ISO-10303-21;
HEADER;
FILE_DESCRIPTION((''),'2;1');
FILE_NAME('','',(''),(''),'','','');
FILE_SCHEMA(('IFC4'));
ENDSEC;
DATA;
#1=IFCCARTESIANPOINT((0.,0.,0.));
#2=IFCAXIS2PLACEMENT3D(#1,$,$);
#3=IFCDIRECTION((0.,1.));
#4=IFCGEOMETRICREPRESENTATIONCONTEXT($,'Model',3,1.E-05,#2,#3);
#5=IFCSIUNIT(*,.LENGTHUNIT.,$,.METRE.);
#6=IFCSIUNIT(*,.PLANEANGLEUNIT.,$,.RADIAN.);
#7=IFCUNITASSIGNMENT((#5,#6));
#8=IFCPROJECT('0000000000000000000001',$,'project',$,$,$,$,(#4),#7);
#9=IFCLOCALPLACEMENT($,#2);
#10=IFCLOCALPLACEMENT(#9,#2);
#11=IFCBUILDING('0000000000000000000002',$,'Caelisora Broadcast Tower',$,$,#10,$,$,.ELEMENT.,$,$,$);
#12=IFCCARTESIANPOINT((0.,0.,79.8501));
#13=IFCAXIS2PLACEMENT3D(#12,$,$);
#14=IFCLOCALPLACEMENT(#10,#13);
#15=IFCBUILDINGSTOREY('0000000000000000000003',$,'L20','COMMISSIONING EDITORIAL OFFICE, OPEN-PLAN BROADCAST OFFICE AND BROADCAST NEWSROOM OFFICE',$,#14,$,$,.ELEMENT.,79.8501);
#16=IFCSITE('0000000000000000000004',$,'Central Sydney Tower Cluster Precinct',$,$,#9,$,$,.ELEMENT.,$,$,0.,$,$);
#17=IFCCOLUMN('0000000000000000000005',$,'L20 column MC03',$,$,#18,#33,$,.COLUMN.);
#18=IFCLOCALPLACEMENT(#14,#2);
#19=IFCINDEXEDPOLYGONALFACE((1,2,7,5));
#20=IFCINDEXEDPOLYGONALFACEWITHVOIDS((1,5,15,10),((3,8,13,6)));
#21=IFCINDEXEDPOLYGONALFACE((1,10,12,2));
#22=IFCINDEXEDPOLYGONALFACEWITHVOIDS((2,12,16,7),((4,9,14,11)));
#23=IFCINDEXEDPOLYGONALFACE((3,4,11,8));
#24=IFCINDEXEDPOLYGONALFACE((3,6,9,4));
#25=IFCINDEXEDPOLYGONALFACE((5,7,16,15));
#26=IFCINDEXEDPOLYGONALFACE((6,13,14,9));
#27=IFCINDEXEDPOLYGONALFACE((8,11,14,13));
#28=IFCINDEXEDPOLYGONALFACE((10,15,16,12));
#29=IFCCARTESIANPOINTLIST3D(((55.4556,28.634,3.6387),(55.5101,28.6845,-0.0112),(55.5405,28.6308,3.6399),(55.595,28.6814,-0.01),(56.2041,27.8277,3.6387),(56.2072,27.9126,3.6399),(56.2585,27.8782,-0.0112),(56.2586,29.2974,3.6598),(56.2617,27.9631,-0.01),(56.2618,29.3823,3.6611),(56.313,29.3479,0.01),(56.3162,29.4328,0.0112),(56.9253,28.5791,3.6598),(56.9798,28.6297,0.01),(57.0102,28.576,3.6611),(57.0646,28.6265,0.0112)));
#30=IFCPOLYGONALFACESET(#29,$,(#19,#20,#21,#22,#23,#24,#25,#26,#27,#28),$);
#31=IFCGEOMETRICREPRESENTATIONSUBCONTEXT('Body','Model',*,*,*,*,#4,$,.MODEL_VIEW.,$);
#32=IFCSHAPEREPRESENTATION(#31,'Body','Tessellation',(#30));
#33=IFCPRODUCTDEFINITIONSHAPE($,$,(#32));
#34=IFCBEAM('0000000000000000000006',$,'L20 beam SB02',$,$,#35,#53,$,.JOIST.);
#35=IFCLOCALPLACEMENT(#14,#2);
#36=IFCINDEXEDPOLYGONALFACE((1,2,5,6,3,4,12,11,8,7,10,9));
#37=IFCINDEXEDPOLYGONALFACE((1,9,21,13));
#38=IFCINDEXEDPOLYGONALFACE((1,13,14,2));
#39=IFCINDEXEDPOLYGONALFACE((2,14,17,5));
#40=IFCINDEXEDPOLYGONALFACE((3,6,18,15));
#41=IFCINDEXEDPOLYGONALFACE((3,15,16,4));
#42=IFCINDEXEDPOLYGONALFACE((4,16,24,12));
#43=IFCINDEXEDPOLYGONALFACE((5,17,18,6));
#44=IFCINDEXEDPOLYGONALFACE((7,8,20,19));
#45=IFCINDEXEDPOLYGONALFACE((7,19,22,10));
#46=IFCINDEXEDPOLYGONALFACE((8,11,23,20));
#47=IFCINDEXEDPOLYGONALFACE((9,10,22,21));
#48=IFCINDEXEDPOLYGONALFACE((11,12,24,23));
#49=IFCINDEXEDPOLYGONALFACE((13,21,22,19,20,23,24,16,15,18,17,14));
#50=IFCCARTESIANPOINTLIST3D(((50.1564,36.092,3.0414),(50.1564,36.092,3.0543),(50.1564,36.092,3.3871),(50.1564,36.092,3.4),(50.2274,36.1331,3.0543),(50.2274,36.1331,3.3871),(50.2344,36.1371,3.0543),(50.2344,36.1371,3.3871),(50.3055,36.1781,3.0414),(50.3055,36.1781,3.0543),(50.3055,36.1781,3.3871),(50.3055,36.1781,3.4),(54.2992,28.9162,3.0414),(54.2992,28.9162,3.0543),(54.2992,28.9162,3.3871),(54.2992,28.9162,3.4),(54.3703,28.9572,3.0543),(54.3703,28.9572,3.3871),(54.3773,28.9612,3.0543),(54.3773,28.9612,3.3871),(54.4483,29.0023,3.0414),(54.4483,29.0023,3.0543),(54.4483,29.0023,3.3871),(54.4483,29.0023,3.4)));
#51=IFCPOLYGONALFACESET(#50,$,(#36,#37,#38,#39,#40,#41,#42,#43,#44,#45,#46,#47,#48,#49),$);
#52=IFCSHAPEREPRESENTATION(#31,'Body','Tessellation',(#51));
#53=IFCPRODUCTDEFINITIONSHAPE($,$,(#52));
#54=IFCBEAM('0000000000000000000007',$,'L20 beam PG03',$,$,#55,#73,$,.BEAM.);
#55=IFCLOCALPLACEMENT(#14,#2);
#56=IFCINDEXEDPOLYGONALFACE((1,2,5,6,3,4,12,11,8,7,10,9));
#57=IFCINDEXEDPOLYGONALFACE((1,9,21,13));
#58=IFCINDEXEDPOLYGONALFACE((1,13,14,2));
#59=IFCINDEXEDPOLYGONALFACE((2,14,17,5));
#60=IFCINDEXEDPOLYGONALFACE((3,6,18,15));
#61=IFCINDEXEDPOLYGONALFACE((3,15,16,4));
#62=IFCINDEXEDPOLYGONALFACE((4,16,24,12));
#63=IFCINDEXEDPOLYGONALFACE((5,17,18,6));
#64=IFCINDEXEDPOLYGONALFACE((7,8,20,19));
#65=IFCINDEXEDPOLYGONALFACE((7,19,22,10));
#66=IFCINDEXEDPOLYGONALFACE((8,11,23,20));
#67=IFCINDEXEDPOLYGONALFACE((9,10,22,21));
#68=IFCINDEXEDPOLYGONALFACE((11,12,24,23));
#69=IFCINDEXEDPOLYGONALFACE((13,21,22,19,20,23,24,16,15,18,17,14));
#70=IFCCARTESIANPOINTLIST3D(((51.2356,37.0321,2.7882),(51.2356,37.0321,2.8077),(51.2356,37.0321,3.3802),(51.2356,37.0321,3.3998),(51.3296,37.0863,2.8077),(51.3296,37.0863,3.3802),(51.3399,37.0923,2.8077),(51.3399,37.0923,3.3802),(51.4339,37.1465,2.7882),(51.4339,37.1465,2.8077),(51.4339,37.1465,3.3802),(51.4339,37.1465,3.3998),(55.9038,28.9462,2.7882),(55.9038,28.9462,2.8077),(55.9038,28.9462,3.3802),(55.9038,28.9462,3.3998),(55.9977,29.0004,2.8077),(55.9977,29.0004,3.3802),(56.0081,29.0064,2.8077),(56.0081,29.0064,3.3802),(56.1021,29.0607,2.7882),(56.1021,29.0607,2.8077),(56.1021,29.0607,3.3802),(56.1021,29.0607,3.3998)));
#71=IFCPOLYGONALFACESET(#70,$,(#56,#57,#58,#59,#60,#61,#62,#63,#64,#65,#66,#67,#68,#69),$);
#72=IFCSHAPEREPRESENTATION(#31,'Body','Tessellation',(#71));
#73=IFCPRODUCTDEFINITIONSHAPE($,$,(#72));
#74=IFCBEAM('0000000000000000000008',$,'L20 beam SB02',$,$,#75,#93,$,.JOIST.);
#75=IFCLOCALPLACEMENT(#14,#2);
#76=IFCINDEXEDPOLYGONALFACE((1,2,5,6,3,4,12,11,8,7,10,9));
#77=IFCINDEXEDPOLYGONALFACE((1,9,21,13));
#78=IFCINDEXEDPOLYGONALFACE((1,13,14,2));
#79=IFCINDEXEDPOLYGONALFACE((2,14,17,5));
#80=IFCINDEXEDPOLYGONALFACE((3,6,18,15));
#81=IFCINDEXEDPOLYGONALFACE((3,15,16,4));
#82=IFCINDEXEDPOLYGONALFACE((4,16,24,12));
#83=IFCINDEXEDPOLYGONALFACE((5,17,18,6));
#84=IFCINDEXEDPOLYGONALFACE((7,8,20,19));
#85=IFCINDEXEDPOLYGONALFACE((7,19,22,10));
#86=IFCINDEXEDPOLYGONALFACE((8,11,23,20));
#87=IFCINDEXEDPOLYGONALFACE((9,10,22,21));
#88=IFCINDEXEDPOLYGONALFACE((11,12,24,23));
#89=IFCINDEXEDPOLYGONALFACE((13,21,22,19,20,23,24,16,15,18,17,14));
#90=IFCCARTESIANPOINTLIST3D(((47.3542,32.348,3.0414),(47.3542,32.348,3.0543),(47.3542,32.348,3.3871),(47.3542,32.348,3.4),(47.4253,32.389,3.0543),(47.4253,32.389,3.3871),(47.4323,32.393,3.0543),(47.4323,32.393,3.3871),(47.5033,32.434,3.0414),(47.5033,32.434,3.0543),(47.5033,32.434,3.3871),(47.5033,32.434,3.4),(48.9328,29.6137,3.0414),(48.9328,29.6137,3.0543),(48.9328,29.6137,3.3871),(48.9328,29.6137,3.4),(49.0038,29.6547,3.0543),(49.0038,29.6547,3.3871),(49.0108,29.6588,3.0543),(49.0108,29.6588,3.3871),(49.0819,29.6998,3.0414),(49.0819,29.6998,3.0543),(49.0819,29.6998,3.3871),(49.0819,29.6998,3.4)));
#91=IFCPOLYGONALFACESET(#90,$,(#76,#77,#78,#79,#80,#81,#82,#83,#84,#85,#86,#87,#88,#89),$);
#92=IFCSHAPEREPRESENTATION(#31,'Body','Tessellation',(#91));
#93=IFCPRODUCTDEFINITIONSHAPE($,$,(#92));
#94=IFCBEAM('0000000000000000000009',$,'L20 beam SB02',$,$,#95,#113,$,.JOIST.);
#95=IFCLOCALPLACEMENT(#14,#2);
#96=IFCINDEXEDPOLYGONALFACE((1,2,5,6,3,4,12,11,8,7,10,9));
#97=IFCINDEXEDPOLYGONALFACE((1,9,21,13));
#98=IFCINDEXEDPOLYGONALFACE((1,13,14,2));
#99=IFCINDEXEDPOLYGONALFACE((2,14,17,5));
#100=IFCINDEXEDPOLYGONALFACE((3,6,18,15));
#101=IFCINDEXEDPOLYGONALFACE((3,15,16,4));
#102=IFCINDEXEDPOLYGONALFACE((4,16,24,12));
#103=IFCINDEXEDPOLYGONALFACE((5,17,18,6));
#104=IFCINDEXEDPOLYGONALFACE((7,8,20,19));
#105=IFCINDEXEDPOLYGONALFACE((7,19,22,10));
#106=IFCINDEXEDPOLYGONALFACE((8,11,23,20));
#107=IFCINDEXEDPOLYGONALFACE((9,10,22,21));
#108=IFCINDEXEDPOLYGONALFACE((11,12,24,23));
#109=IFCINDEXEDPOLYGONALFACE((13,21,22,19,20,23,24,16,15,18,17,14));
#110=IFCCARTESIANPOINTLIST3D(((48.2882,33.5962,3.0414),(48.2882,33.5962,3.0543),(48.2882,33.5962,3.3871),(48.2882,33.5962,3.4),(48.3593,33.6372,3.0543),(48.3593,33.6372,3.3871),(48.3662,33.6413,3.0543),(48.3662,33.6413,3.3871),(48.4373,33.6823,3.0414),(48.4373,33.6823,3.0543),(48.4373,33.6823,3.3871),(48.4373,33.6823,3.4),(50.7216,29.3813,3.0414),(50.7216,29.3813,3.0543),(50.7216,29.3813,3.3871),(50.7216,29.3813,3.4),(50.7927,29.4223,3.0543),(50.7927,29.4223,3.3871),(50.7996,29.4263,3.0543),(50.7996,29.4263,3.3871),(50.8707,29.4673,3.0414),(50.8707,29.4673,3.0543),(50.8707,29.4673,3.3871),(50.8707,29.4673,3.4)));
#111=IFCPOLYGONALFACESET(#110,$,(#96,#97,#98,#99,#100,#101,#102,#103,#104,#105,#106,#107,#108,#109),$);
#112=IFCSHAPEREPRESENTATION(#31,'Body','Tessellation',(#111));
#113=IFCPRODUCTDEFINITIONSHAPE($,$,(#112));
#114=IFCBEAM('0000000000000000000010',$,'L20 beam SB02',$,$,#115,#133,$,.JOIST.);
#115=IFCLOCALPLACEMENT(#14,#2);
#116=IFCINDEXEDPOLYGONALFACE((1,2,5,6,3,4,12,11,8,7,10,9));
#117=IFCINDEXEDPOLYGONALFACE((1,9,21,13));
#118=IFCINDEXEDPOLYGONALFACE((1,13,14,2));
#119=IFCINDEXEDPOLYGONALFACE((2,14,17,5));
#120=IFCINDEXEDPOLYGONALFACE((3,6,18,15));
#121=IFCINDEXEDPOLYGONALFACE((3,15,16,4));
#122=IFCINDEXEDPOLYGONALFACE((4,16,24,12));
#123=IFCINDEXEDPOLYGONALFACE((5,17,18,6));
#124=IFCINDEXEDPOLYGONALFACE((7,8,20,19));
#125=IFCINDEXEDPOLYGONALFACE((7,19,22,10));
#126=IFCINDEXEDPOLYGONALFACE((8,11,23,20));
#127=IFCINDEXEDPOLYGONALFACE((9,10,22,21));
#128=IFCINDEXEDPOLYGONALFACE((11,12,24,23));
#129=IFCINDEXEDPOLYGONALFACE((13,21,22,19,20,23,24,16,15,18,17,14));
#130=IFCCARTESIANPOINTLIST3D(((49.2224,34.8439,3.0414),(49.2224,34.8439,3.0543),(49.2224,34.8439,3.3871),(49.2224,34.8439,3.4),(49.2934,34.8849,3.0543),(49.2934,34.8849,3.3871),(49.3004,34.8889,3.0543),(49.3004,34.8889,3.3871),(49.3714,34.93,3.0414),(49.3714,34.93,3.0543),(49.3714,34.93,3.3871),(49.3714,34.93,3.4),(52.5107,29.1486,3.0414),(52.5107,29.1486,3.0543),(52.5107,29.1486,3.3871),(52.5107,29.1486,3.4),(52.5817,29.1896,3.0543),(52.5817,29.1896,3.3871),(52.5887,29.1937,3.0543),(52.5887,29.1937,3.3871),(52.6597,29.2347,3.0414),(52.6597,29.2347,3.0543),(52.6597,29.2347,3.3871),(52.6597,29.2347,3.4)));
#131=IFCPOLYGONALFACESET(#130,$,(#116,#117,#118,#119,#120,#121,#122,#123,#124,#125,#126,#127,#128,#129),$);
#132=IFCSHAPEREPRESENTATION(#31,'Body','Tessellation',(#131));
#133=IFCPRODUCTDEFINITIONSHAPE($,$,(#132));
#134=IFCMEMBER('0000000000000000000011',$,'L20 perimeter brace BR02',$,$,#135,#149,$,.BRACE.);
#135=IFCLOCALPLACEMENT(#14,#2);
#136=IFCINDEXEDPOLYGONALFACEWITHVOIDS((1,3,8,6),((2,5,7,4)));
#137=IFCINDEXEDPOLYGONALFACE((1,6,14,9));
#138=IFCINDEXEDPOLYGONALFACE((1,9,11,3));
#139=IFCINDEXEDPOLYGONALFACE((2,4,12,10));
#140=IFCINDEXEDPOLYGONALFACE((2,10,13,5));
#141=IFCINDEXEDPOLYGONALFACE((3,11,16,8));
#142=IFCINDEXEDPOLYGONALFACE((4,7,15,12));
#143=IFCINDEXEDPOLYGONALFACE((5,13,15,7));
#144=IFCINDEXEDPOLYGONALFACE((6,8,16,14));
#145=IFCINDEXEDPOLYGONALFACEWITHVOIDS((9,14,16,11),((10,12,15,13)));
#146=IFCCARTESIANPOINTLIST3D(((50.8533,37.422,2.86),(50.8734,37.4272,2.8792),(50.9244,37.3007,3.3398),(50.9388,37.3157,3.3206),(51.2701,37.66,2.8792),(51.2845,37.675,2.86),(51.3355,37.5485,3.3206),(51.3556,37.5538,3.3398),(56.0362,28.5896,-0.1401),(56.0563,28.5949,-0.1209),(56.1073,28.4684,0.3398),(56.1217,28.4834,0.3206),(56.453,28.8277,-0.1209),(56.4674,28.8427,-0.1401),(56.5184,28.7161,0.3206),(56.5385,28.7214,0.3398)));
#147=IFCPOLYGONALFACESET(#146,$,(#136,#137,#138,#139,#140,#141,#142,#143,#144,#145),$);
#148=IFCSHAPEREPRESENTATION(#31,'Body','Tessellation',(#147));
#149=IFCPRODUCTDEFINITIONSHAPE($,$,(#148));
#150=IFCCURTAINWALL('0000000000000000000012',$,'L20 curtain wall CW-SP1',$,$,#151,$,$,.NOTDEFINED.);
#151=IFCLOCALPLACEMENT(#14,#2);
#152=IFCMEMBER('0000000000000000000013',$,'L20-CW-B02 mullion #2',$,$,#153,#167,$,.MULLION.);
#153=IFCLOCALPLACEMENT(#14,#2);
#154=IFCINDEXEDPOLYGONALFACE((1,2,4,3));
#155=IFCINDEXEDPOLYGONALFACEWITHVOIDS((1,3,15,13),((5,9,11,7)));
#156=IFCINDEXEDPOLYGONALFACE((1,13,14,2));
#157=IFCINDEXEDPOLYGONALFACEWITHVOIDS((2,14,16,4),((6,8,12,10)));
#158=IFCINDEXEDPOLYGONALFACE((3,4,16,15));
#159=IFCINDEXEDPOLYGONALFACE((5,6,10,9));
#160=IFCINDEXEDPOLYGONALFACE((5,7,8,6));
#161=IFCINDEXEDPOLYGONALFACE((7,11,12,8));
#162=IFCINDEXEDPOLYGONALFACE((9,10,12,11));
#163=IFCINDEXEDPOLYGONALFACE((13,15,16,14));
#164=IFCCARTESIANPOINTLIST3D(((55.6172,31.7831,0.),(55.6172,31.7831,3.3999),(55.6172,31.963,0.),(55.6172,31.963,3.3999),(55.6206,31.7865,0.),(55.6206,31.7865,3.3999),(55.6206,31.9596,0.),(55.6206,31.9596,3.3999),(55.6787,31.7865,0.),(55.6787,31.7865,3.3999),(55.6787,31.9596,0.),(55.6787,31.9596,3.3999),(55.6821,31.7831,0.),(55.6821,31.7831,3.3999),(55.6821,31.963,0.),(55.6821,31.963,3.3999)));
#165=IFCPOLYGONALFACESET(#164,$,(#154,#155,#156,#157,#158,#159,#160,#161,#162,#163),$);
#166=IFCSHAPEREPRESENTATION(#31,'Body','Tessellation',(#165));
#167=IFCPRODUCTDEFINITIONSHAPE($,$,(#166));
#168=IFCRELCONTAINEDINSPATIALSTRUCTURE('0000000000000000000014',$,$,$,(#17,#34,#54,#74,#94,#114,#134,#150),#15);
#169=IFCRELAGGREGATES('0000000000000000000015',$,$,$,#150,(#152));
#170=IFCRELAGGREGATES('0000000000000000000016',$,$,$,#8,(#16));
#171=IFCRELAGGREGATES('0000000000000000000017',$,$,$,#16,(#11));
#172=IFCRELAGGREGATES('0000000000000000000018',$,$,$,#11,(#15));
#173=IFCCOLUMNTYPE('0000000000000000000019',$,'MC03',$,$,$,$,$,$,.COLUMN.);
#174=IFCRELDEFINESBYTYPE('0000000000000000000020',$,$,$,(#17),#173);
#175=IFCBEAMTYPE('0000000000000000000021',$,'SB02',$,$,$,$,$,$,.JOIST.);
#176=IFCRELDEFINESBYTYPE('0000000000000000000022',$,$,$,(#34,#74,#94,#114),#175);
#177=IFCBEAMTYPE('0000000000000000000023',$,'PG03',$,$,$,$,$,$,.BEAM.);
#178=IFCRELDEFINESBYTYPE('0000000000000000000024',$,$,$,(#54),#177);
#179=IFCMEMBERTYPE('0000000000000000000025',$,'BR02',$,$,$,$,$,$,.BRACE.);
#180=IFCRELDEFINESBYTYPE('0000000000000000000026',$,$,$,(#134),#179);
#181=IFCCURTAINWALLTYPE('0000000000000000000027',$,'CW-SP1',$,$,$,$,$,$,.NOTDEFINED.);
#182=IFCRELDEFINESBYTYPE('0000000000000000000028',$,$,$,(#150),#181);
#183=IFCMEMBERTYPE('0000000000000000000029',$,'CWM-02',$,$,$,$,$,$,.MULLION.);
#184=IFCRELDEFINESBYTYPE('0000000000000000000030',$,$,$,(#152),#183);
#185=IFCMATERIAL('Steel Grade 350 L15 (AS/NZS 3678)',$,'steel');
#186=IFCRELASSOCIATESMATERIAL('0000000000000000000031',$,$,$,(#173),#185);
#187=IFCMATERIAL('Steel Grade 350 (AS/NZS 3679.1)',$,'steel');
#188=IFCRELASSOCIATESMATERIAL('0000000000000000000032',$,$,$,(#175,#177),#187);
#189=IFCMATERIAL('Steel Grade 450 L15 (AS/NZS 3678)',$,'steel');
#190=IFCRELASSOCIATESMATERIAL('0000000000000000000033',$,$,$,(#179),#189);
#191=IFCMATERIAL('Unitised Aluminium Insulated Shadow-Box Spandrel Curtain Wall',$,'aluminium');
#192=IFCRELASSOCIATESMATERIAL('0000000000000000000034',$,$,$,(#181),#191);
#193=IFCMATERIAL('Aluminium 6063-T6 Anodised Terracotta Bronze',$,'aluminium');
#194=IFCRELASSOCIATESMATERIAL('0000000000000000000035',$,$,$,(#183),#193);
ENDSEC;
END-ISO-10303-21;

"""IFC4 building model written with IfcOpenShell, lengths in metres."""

from ifc_helpers import new_model, si_unit, direction, frame, origin, origin_2d, place, context, subcontext, project, spatial, hollow_rectangle, i_section, extrude, source, transform, mapped, material, material_profile, profile_set, type_object, type_shapes, element, aggregate, save


model = new_model("IFC4")

# Units and contexts
model_context = context("Model", 3, precision=1e-05, world=origin(), true_north=direction((0.0, 1.0)))
body_context = subcontext(model_context, "Body", "Model", "MODEL_VIEW")
ifc_project = project(units=[si_unit("LENGTHUNIT", "METRE"), si_unit("PLANEANGLEUNIT", "RADIAN")], contexts=[model_context])

# Site, building, storey
site_placement = place(None, origin())
site = spatial("IfcSite", under=ifc_project, at=site_placement, Name="Central Sydney Tower Cluster Precinct", CompositionType="ELEMENT", RefElevation=0.0)
building_placement = place(site_placement, origin())
building = spatial("IfcBuilding", under=site, at=building_placement, Name="Caelisora Broadcast Tower", CompositionType="ELEMENT")
storey_placement = place(building_placement, frame((0.0, 0.0, 79.8501)))
storey = spatial("IfcBuildingStorey", under=building, at=storey_placement, Name="L20", Description="COMMISSIONING EDITORIAL OFFICE, OPEN-PLAN BROADCAST OFFICE AND BROADCAST NEWSROOM OFFICE", CompositionType="ELEMENT", Elevation=79.8501)

# Column
ifc_material_1 = material(Name="Steel Grade 350 L15 (AS/NZS 3678)", Category="steel")
ifc_material_profile_1 = material_profile(ifc_material_1, hollow_rectangle(XDim=1.1001, YDim=1.1001, WallThickness=0.0601, at=origin_2d()), Name="Steel Grade 350 L15 (AS/NZS 3678)")
ifc_profile_set_1 = profile_set([ifc_material_profile_1], Name="Steel Grade 350 L15 (AS/NZS 3678)")
column_type = type_object("IfcColumnType", Name="MC03", PredefinedType="COLUMN", material=ifc_profile_set_1)
shared_shape_1 = source(origin(), body_context, "Body", "SweptSolid", [
    extrude(hollow_rectangle(XDim=1.1001, YDim=1.1001, WallThickness=0.0601, at=origin_2d()), origin(), (0.0, 0.0, 1.0), 3.6506),
])
type_shapes(column_type, [shared_shape_1])
column_placement = place(storey_placement, frame((56.2874, 28.6555, 0.0), z_axis=(-0.014913, -0.013843, 0.999793), x_axis=(0.680325, -0.732911, 0.0)))
element("IfcColumn", 1, at=column_placement, inside=storey, type_object=column_type, Name="L20 column MC03", PredefinedType="COLUMN", context=body_context, shape_type="MappedRepresentation", body=[
    mapped(shared_shape_1, transform((0.0, 0.0, 0.0), scale=1.0)),
])

# Beams
ifc_material_2 = material(Name="Steel Grade 350 (AS/NZS 3679.1)", Category="steel")
ifc_material_profile_2 = material_profile(ifc_material_2, i_section(OverallWidth=0.1721, OverallDepth=0.3586, WebThickness=0.0081, FlangeThickness=0.0129, at=origin_2d()), Name="Steel Grade 350 (AS/NZS 3679.1)")
ifc_profile_set_2 = profile_set([ifc_material_profile_2], Name="Steel Grade 350 (AS/NZS 3679.1)")
beam_type_1 = type_object("IfcBeamType", Name="SB02", PredefinedType="JOIST", material=ifc_profile_set_2)
shared_shape_2 = source(origin(), body_context, "Body", "SweptSolid", [
    extrude(i_section(OverallWidth=0.1721, OverallDepth=0.3586, WebThickness=0.0081, FlangeThickness=0.0129, at=origin_2d()), origin(), (0.0, 0.0, 1.0), 8.2859),
])
beam_1_placement = place(storey_placement, frame((54.3738, 28.9592, 3.2207), z_axis=(-0.499989, 0.866032, 0.0), x_axis=(-0.866032, -0.499989, 0.0)))
element("IfcBeam", 2, at=beam_1_placement, inside=storey, type_object=beam_type_1, Name="L20 beam SB02", PredefinedType="JOIST", context=body_context, shape_type="MappedRepresentation", body=[
    mapped(shared_shape_2, transform((0.0, 0.0, 0.0), scale=1.0)),
])
ifc_material_profile_3 = material_profile(ifc_material_2, i_section(OverallWidth=0.229, OverallDepth=0.6116, WebThickness=0.012, FlangeThickness=0.0195, at=origin_2d()), Name="Steel Grade 350 (AS/NZS 3679.1)")
ifc_profile_set_3 = profile_set([ifc_material_profile_3], Name="Steel Grade 350 (AS/NZS 3679.1)")
beam_type_2 = type_object("IfcBeamType", Name="PG03", PredefinedType="BEAM", material=ifc_profile_set_3)
shared_shape_3 = source(origin(), body_context, "Body", "SweptSolid", [
    extrude(i_section(OverallWidth=0.229, OverallDepth=0.6116, WebThickness=0.012, FlangeThickness=0.0195, at=origin_2d()), origin(), (0.0, 0.0, 1.0), 9.3367),
])
type_shapes(beam_type_2, [shared_shape_3])
beam_2_placement = place(storey_placement, frame((56.0029, 29.0034, 3.094), z_axis=(-0.499984, 0.866035, 0.0), x_axis=(-0.866035, -0.499984, 0.0)))
element("IfcBeam", 3, at=beam_2_placement, inside=storey, type_object=beam_type_2, Name="L20 beam PG03", PredefinedType="BEAM", context=body_context, shape_type="MappedRepresentation", body=[
    mapped(shared_shape_3, transform((0.0, 0.0, 0.0), scale=1.0)),
])
shared_shape_4 = source(origin(), body_context, "Body", "SweptSolid", [
    extrude(i_section(OverallWidth=0.1721, OverallDepth=0.3586, WebThickness=0.0081, FlangeThickness=0.0129, at=origin_2d()), origin(), (0.0, 0.0, 1.0), 3.1572),
])
beam_3_placement = place(storey_placement, frame((49.0073, 29.6567, 3.2207), z_axis=(-0.499981, 0.866036, 0.0), x_axis=(-0.866036, -0.499981, 0.0)))
element("IfcBeam", 4, at=beam_3_placement, inside=storey, type_object=beam_type_1, Name="L20 beam SB02", PredefinedType="JOIST", context=body_context, shape_type="MappedRepresentation", body=[
    mapped(shared_shape_4, transform((0.0, 0.0, 0.0), scale=1.0)),
])
shared_shape_5 = source(origin(), body_context, "Body", "SweptSolid", [
    extrude(i_section(OverallWidth=0.1721, OverallDepth=0.3586, WebThickness=0.0081, FlangeThickness=0.0129, at=origin_2d()), origin(), (0.0, 0.0, 1.0), 4.8669),
])
beam_4_placement = place(storey_placement, frame((50.7961, 29.4243, 3.2207), z_axis=(-0.499986, 0.866034, 0.0), x_axis=(-0.866034, -0.499986, 0.0)))
element("IfcBeam", 5, at=beam_4_placement, inside=storey, type_object=beam_type_1, Name="L20 beam SB02", PredefinedType="JOIST", context=body_context, shape_type="MappedRepresentation", body=[
    mapped(shared_shape_5, transform((0.0, 0.0, 0.0), scale=1.0)),
])
shared_shape_6 = source(origin(), body_context, "Body", "SweptSolid", [
    extrude(i_section(OverallWidth=0.1721, OverallDepth=0.3586, WebThickness=0.0081, FlangeThickness=0.0129, at=origin_2d()), origin(), (0.0, 0.0, 1.0), 6.5764),
])
type_shapes(beam_type_1, [shared_shape_2, shared_shape_4, shared_shape_5, shared_shape_6])
beam_5_placement = place(storey_placement, frame((52.5852, 29.1917, 3.2207), z_axis=(-0.500016, 0.866016, 0.0), x_axis=(-0.866016, -0.500016, 0.0)))
element("IfcBeam", 6, at=beam_5_placement, inside=storey, type_object=beam_type_1, Name="L20 beam SB02", PredefinedType="JOIST", context=body_context, shape_type="MappedRepresentation", body=[
    mapped(shared_shape_6, transform((0.0, 0.0, 0.0), scale=1.0)),
])

# Member
ifc_material_3 = material(Name="Steel Grade 450 L15 (AS/NZS 3678)", Category="steel")
ifc_material_profile_4 = material_profile(ifc_material_3, hollow_rectangle(XDim=0.5, YDim=0.5, WallThickness=0.02, at=origin_2d()), Name="Steel Grade 450 L15 (AS/NZS 3678)")
ifc_profile_set_4 = profile_set([ifc_material_profile_4], Name="Steel Grade 450 L15 (AS/NZS 3678)")
member_type_1 = type_object("IfcMemberType", Name="BR02", PredefinedType="BRACE", material=ifc_profile_set_4)
shared_shape_7 = source(origin(), body_context, "Body", "SweptSolid", [
    extrude(hollow_rectangle(XDim=0.5, YDim=0.5, WallThickness=0.02, at=origin_2d()), origin(), (0.0, 0.0, 1.0), 10.6711),
])
type_shapes(member_type_1, [shared_shape_7])
member_1_placement = place(storey_placement, frame((56.2874, 28.6555, 0.0999), z_axis=(-0.485694, 0.827686, 0.281135), x_axis=(-0.862471, -0.506106, 0.0)))
element("IfcMember", 7, at=member_1_placement, inside=storey, type_object=member_type_1, Name="L20 perimeter brace BR02", PredefinedType="BRACE", context=body_context, shape_type="MappedRepresentation", body=[
    mapped(shared_shape_7, transform((0.0, 0.0, 0.0), scale=1.0)),
])

# Curtain wall, member
ifc_material_4 = material(Name="Unitised Aluminium Insulated Shadow-Box Spandrel Curtain Wall", Category="aluminium")
curtain_wall_type_1 = type_object("IfcCurtainWallType", Name="CW-SP1", PredefinedType="NOTDEFINED", material=ifc_material_4)
curtain_wall_1_placement = place(storey_placement, origin())
curtain_wall_1 = element("IfcCurtainWall", 8, at=curtain_wall_1_placement, inside=storey, type_object=curtain_wall_type_1, Name="L20 curtain wall CW-SP1", PredefinedType="NOTDEFINED")
ifc_material_5 = material(Name="Aluminium 6063-T6 Anodised Terracotta Bronze", Category="aluminium")
ifc_material_profile_5 = material_profile(ifc_material_5, hollow_rectangle(XDim=0.0649, YDim=0.1799, WallThickness=0.0034, at=origin_2d()), Name="Aluminium 6063-T6 Anodised Terracotta Bronze")
ifc_profile_set_5 = profile_set([ifc_material_profile_5], Name="Aluminium 6063-T6 Anodised Terracotta Bronze")
member_type_2 = type_object("IfcMemberType", Name="CWM-02", PredefinedType="MULLION", material=ifc_profile_set_5)
shared_shape_8 = source(origin(), body_context, "Body", "SweptSolid", [
    extrude(hollow_rectangle(XDim=0.0649, YDim=0.1799, WallThickness=0.0034, at=origin_2d()), origin(), (0.0, 0.0, 1.0), 3.3999),
])
type_shapes(member_type_2, [shared_shape_8])
member_2_placement = place(storey_placement, frame((55.6497, 31.873, 0.0), z_axis=(0.0, 0.0, 1.0), x_axis=(1.0, 0.0, 0.0)))
member_2 = element("IfcMember", 9, at=member_2_placement, type_object=member_type_2, Name="L20-CW-B02 mullion #2", PredefinedType="MULLION", context=body_context, shape_type="MappedRepresentation", body=[
    mapped(shared_shape_8, transform((0.0, 0.0, 0.0), scale=1.0)),
])

aggregate(curtain_wall_1, [member_2])

save(model, "model.ifc")
